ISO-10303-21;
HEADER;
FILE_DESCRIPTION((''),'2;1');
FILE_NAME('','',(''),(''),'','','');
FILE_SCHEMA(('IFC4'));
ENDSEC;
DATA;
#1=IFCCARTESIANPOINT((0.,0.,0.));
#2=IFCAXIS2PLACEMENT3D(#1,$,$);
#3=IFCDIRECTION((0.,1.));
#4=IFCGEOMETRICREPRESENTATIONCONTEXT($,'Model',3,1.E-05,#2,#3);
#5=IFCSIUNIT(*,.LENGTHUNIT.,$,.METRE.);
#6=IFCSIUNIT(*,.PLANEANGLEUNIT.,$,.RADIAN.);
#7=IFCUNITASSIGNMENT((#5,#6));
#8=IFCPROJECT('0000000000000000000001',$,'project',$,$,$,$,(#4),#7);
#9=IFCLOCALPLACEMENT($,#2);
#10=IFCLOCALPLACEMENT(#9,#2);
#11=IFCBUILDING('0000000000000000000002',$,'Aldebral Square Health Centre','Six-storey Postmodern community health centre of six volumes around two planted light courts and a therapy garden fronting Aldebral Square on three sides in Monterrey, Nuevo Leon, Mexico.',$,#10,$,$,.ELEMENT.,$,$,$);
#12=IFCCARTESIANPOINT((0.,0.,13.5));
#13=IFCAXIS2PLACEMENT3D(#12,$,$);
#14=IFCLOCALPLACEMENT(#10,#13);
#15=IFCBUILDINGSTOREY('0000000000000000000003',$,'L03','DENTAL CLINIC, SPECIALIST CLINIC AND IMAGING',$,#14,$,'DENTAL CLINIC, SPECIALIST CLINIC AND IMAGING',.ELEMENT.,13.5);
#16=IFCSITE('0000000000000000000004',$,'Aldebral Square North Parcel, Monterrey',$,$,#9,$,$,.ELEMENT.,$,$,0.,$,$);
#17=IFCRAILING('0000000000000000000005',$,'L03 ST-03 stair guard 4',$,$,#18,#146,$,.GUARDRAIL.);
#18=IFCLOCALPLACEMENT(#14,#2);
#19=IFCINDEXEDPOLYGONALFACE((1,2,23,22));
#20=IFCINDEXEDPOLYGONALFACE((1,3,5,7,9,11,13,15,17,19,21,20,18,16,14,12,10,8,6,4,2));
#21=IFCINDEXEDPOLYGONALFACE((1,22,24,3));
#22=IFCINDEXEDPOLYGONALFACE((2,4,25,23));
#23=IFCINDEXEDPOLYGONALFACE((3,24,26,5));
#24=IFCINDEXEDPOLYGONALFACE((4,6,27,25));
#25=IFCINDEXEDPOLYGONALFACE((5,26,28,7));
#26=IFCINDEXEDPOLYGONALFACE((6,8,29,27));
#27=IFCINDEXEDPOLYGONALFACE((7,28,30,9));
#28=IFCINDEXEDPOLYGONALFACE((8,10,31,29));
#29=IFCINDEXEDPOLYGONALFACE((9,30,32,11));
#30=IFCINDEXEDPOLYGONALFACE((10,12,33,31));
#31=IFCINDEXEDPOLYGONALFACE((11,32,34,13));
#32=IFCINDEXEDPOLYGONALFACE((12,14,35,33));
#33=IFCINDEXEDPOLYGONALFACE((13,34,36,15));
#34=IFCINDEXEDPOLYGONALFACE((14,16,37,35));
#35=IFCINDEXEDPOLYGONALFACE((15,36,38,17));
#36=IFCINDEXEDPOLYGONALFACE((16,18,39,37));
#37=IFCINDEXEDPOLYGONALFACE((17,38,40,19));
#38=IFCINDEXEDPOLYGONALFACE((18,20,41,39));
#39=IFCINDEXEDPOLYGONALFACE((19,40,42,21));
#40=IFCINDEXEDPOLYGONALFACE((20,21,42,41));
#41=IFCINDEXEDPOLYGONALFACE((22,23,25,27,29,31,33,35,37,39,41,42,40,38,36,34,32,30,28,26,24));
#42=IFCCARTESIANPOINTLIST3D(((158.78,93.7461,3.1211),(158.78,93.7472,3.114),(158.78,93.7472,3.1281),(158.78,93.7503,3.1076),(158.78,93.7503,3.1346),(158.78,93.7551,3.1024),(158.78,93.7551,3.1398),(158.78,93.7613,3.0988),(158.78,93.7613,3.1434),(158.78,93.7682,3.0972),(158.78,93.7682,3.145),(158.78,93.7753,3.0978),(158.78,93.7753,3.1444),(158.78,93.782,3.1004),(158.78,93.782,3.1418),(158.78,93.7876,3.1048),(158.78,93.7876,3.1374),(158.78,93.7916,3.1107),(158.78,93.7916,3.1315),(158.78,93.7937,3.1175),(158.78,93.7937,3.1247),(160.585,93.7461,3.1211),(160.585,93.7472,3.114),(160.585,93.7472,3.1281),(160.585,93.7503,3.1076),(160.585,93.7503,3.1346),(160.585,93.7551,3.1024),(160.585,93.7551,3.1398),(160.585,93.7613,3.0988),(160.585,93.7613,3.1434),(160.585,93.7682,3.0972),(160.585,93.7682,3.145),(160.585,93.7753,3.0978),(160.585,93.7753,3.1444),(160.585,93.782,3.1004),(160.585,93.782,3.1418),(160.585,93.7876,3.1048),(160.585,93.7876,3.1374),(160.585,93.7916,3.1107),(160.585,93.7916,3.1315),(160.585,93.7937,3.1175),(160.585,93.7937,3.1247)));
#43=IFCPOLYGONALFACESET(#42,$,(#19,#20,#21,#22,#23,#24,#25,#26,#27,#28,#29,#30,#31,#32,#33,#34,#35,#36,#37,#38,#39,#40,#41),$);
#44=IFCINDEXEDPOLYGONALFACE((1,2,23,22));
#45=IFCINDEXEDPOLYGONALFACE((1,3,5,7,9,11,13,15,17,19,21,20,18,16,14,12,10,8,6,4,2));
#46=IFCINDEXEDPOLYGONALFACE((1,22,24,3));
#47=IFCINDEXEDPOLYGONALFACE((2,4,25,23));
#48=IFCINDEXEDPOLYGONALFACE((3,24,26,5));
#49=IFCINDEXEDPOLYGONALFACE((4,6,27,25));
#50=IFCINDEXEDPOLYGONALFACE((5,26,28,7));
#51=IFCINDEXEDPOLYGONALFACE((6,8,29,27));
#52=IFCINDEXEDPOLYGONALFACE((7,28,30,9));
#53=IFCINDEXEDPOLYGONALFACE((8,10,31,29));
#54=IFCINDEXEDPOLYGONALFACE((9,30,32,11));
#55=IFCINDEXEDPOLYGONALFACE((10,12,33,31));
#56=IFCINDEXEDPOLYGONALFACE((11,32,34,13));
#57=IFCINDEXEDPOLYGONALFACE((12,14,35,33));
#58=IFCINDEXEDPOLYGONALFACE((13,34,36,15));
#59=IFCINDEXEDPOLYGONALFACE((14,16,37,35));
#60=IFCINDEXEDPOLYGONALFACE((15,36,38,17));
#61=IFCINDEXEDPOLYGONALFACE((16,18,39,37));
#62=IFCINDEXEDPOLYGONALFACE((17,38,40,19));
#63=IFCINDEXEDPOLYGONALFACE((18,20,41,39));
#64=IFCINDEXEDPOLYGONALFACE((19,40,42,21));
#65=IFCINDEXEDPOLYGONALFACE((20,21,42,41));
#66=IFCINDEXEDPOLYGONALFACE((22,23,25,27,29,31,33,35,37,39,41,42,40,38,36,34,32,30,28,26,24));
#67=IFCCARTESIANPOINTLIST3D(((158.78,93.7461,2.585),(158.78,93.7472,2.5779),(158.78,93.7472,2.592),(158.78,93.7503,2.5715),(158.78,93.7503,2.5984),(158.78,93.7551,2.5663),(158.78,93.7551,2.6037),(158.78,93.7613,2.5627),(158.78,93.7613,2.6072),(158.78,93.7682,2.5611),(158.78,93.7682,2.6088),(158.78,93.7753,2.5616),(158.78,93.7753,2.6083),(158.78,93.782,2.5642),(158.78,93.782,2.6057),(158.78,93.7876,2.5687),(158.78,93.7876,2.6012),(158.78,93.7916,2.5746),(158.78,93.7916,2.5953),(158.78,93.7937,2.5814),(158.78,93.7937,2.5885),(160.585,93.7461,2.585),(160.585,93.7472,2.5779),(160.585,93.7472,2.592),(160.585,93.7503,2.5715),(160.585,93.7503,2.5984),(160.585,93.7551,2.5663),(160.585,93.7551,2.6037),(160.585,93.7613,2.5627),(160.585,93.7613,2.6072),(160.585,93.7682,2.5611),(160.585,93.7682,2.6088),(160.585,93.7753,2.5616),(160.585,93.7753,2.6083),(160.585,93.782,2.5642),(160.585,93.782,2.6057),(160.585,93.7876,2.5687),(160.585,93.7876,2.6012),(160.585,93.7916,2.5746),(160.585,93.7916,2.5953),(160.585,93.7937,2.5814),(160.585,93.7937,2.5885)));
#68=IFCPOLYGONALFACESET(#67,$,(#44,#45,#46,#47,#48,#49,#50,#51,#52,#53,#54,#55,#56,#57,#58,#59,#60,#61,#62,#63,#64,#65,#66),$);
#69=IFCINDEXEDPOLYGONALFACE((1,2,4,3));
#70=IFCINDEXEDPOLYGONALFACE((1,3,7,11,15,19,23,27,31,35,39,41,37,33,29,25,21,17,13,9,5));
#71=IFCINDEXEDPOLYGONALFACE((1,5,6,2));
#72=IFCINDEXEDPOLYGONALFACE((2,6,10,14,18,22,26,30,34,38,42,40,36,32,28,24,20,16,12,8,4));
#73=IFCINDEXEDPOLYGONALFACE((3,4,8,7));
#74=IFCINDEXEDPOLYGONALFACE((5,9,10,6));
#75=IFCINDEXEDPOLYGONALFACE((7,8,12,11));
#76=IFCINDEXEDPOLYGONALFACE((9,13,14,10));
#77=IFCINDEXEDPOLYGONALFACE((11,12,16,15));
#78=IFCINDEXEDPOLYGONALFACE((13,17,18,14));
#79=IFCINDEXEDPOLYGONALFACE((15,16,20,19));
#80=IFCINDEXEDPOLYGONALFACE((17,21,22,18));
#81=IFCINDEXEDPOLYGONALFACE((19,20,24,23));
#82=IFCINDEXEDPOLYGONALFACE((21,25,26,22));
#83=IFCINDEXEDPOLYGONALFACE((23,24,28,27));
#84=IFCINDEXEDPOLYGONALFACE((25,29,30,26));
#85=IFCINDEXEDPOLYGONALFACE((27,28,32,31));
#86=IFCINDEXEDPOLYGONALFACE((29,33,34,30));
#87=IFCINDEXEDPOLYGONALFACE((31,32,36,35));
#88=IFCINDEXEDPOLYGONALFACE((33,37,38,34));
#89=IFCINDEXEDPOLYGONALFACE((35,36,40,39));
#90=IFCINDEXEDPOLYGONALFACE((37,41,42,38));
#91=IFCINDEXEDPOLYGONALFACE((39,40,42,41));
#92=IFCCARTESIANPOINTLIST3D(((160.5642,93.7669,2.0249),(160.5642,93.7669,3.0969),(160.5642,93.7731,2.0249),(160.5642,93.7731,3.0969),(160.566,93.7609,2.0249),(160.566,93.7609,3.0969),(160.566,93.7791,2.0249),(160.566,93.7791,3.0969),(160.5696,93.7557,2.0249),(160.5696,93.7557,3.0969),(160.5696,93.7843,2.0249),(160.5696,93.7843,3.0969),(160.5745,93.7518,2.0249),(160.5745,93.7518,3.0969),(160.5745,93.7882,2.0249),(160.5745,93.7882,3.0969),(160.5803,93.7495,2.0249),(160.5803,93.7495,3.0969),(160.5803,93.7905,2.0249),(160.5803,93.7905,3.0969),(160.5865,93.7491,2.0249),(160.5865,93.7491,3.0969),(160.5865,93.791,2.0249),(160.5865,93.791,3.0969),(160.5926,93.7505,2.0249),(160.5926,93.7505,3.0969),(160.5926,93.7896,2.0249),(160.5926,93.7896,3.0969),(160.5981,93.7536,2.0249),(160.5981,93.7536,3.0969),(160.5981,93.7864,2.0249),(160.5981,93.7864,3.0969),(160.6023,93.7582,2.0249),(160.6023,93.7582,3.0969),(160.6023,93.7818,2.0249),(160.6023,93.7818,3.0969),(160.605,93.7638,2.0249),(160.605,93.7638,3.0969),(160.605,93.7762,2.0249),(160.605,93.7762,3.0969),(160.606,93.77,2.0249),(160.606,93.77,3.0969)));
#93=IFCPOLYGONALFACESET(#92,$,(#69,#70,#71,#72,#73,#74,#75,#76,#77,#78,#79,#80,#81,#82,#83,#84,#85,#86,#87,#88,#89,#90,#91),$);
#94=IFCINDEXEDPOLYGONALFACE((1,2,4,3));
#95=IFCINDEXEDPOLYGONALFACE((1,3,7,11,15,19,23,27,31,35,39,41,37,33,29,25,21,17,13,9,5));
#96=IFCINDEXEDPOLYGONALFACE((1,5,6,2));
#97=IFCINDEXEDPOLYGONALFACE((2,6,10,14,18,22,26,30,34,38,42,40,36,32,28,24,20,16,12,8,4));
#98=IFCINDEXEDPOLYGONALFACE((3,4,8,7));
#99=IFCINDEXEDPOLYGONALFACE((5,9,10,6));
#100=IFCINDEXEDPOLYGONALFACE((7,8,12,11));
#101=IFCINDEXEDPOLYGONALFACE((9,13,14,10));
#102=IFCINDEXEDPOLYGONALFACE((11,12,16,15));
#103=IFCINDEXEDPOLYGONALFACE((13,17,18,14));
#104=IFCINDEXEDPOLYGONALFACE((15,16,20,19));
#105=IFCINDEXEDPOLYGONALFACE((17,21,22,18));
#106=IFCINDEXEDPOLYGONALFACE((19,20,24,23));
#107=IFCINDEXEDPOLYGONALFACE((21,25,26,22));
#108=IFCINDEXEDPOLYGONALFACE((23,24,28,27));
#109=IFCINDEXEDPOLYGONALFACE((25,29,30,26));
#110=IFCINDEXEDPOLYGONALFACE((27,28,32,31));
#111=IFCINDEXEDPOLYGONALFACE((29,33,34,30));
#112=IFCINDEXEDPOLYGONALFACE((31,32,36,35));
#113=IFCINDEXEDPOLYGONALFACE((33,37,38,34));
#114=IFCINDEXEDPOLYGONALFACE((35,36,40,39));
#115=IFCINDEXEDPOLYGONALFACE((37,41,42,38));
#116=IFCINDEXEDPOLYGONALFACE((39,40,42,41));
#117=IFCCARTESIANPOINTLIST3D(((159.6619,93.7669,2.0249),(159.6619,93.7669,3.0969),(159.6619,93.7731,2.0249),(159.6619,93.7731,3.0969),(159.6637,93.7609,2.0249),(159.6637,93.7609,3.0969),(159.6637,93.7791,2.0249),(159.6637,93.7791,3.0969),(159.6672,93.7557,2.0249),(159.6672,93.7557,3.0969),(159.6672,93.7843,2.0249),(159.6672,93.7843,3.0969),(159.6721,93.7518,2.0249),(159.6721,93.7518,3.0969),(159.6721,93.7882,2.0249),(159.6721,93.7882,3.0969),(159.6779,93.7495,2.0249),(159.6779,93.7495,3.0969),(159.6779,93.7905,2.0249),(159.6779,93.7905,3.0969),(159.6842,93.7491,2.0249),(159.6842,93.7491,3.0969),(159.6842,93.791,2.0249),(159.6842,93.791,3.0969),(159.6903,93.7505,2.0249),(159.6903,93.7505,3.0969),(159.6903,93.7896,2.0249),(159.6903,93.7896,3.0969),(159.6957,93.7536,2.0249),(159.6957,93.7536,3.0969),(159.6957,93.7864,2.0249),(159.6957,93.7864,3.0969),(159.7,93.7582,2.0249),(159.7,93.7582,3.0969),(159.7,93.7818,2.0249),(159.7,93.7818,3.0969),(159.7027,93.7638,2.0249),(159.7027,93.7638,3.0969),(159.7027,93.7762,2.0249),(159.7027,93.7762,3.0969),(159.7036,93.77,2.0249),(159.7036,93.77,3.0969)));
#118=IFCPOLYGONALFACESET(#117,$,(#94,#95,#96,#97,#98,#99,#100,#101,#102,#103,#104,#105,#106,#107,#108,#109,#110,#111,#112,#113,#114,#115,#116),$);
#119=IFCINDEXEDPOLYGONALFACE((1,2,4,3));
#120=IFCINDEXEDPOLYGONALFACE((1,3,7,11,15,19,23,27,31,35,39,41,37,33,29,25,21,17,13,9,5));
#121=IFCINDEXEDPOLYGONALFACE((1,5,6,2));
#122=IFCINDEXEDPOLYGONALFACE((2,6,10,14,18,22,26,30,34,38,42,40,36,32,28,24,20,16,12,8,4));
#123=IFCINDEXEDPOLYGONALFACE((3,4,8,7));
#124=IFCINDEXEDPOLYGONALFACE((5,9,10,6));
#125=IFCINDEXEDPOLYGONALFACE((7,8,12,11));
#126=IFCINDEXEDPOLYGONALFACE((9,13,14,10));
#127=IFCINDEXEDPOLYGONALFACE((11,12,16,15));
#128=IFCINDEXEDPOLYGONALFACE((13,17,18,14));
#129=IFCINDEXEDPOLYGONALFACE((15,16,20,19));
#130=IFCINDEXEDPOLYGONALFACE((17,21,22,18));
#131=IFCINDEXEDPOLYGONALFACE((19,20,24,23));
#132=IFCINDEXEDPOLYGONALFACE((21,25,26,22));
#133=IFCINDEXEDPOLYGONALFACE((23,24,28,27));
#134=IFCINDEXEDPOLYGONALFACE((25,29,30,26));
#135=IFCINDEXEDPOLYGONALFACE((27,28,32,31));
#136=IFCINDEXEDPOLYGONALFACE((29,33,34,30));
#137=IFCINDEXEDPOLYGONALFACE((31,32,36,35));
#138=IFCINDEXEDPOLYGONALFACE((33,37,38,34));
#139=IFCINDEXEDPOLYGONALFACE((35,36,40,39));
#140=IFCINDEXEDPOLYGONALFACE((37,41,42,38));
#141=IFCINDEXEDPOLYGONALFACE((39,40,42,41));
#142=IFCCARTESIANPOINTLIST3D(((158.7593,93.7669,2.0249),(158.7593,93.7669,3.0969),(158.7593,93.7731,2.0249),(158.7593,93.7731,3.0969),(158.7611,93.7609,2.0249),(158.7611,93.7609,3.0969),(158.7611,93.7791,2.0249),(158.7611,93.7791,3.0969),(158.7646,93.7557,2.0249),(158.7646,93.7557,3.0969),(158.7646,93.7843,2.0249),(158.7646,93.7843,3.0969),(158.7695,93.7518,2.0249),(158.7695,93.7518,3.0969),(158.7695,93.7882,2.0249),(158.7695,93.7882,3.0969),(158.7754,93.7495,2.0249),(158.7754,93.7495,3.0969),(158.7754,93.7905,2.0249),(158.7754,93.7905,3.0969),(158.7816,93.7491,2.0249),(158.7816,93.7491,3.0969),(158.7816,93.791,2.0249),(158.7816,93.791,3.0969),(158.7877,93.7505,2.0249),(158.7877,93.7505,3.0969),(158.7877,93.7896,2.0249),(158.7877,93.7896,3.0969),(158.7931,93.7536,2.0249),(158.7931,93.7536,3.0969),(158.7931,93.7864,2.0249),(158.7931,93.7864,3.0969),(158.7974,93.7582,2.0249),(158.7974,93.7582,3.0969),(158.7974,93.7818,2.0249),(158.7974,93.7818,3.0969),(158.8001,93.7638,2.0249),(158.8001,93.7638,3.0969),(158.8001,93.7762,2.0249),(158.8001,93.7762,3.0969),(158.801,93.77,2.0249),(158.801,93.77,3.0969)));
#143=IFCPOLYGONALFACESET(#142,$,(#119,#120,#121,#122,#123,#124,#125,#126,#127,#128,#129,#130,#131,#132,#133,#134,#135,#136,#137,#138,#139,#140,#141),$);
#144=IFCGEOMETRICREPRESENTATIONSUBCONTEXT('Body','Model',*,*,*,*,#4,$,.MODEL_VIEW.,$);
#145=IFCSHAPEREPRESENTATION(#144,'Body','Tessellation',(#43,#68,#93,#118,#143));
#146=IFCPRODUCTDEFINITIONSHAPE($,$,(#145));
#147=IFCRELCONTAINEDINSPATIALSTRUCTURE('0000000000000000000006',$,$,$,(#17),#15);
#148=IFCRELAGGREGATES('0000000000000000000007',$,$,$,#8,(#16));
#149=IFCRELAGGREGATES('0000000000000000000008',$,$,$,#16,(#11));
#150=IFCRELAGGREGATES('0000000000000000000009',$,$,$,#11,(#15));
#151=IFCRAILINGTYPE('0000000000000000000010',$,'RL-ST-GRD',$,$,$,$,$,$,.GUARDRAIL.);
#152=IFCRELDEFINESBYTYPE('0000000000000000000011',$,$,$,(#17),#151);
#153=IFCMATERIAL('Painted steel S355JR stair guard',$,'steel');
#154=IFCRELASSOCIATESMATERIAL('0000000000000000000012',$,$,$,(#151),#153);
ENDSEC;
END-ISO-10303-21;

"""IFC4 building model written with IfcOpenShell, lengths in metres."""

from ifc_helpers import new_model, si_unit, direction, frame, origin, origin_2d, place, context, subcontext, project, spatial, circle, extrude, material, type_object, element, save


model = new_model("IFC4")

# Units and contexts
model_context = context("Model", 3, precision=1e-05, world=origin(), true_north=direction((0.0, 1.0)))
body_context = subcontext(model_context, "Body", "Model", "MODEL_VIEW")
ifc_project = project(units=[si_unit("LENGTHUNIT", "METRE"), si_unit("PLANEANGLEUNIT", "RADIAN")], contexts=[model_context])

# Site, building, storey
site_placement = place(None, origin())
site = spatial("IfcSite", under=ifc_project, at=site_placement, Name="Aldebral Square North Parcel, Monterrey", CompositionType="ELEMENT", RefElevation=0.0)
building_placement = place(site_placement, origin())
building = spatial("IfcBuilding", under=site, at=building_placement, Name="Aldebral Square Health Centre", Description="Six-storey Postmodern community health centre of six volumes around two planted light courts and a therapy garden fronting Aldebral Square on three sides in Monterrey, Nuevo Leon, Mexico.", CompositionType="ELEMENT")
storey_placement = place(building_placement, frame((0.0, 0.0, 13.5)))
storey = spatial("IfcBuildingStorey", under=building, at=storey_placement, Name="L03", Description="DENTAL CLINIC, SPECIALIST CLINIC AND IMAGING", LongName="DENTAL CLINIC, SPECIALIST CLINIC AND IMAGING", CompositionType="ELEMENT", Elevation=13.5)

# Railing
ifc_material_1 = material(Name="Painted steel S355JR stair guard", Category="steel")
railing_type_1 = type_object("IfcRailingType", Name="RL-ST-GRD", PredefinedType="GUARDRAIL", material=ifc_material_1)
for number, where, name in (
    (1, (160.585, 93.77, 2.0249), "L03 ST-03 stair guard 4"),
):
    element("IfcRailing", number, at=place(storey_placement, frame(where)), inside=storey, type_object=railing_type_1, Name=name, PredefinedType="GUARDRAIL", context=body_context, shape_type="SweptSolid", body=[
        extrude(circle(Radius=0.0239, at=origin_2d()), frame((0.0, 0.0, 1.0962), z_axis=(-1.0, 0.0, 0.0), x_axis=(0.0, -1.0, 0.0)), (0.0, 0.0, 1.0), 1.8049),
        extrude(circle(Radius=0.0239, at=origin_2d()), frame((0.0, 0.0, 0.5601), z_axis=(-1.0, 0.0, 0.0), x_axis=(0.0, -1.0, 0.0)), (0.0, 0.0, 1.0), 1.8049),
        extrude(circle(Radius=0.021, at=origin_2d()), origin(), (0.0, 0.0, 1.0), 1.072),
        extrude(circle(Radius=0.021, at=origin_2d()), frame((-0.9023, 0.0, 0.0)), (0.0, 0.0, 1.0), 1.072),
        extrude(circle(Radius=0.021, at=origin_2d()), frame((-1.8049, 0.0, 0.0)), (0.0, 0.0, 1.0), 1.072),
    ])

save(model, "model.ifc")
